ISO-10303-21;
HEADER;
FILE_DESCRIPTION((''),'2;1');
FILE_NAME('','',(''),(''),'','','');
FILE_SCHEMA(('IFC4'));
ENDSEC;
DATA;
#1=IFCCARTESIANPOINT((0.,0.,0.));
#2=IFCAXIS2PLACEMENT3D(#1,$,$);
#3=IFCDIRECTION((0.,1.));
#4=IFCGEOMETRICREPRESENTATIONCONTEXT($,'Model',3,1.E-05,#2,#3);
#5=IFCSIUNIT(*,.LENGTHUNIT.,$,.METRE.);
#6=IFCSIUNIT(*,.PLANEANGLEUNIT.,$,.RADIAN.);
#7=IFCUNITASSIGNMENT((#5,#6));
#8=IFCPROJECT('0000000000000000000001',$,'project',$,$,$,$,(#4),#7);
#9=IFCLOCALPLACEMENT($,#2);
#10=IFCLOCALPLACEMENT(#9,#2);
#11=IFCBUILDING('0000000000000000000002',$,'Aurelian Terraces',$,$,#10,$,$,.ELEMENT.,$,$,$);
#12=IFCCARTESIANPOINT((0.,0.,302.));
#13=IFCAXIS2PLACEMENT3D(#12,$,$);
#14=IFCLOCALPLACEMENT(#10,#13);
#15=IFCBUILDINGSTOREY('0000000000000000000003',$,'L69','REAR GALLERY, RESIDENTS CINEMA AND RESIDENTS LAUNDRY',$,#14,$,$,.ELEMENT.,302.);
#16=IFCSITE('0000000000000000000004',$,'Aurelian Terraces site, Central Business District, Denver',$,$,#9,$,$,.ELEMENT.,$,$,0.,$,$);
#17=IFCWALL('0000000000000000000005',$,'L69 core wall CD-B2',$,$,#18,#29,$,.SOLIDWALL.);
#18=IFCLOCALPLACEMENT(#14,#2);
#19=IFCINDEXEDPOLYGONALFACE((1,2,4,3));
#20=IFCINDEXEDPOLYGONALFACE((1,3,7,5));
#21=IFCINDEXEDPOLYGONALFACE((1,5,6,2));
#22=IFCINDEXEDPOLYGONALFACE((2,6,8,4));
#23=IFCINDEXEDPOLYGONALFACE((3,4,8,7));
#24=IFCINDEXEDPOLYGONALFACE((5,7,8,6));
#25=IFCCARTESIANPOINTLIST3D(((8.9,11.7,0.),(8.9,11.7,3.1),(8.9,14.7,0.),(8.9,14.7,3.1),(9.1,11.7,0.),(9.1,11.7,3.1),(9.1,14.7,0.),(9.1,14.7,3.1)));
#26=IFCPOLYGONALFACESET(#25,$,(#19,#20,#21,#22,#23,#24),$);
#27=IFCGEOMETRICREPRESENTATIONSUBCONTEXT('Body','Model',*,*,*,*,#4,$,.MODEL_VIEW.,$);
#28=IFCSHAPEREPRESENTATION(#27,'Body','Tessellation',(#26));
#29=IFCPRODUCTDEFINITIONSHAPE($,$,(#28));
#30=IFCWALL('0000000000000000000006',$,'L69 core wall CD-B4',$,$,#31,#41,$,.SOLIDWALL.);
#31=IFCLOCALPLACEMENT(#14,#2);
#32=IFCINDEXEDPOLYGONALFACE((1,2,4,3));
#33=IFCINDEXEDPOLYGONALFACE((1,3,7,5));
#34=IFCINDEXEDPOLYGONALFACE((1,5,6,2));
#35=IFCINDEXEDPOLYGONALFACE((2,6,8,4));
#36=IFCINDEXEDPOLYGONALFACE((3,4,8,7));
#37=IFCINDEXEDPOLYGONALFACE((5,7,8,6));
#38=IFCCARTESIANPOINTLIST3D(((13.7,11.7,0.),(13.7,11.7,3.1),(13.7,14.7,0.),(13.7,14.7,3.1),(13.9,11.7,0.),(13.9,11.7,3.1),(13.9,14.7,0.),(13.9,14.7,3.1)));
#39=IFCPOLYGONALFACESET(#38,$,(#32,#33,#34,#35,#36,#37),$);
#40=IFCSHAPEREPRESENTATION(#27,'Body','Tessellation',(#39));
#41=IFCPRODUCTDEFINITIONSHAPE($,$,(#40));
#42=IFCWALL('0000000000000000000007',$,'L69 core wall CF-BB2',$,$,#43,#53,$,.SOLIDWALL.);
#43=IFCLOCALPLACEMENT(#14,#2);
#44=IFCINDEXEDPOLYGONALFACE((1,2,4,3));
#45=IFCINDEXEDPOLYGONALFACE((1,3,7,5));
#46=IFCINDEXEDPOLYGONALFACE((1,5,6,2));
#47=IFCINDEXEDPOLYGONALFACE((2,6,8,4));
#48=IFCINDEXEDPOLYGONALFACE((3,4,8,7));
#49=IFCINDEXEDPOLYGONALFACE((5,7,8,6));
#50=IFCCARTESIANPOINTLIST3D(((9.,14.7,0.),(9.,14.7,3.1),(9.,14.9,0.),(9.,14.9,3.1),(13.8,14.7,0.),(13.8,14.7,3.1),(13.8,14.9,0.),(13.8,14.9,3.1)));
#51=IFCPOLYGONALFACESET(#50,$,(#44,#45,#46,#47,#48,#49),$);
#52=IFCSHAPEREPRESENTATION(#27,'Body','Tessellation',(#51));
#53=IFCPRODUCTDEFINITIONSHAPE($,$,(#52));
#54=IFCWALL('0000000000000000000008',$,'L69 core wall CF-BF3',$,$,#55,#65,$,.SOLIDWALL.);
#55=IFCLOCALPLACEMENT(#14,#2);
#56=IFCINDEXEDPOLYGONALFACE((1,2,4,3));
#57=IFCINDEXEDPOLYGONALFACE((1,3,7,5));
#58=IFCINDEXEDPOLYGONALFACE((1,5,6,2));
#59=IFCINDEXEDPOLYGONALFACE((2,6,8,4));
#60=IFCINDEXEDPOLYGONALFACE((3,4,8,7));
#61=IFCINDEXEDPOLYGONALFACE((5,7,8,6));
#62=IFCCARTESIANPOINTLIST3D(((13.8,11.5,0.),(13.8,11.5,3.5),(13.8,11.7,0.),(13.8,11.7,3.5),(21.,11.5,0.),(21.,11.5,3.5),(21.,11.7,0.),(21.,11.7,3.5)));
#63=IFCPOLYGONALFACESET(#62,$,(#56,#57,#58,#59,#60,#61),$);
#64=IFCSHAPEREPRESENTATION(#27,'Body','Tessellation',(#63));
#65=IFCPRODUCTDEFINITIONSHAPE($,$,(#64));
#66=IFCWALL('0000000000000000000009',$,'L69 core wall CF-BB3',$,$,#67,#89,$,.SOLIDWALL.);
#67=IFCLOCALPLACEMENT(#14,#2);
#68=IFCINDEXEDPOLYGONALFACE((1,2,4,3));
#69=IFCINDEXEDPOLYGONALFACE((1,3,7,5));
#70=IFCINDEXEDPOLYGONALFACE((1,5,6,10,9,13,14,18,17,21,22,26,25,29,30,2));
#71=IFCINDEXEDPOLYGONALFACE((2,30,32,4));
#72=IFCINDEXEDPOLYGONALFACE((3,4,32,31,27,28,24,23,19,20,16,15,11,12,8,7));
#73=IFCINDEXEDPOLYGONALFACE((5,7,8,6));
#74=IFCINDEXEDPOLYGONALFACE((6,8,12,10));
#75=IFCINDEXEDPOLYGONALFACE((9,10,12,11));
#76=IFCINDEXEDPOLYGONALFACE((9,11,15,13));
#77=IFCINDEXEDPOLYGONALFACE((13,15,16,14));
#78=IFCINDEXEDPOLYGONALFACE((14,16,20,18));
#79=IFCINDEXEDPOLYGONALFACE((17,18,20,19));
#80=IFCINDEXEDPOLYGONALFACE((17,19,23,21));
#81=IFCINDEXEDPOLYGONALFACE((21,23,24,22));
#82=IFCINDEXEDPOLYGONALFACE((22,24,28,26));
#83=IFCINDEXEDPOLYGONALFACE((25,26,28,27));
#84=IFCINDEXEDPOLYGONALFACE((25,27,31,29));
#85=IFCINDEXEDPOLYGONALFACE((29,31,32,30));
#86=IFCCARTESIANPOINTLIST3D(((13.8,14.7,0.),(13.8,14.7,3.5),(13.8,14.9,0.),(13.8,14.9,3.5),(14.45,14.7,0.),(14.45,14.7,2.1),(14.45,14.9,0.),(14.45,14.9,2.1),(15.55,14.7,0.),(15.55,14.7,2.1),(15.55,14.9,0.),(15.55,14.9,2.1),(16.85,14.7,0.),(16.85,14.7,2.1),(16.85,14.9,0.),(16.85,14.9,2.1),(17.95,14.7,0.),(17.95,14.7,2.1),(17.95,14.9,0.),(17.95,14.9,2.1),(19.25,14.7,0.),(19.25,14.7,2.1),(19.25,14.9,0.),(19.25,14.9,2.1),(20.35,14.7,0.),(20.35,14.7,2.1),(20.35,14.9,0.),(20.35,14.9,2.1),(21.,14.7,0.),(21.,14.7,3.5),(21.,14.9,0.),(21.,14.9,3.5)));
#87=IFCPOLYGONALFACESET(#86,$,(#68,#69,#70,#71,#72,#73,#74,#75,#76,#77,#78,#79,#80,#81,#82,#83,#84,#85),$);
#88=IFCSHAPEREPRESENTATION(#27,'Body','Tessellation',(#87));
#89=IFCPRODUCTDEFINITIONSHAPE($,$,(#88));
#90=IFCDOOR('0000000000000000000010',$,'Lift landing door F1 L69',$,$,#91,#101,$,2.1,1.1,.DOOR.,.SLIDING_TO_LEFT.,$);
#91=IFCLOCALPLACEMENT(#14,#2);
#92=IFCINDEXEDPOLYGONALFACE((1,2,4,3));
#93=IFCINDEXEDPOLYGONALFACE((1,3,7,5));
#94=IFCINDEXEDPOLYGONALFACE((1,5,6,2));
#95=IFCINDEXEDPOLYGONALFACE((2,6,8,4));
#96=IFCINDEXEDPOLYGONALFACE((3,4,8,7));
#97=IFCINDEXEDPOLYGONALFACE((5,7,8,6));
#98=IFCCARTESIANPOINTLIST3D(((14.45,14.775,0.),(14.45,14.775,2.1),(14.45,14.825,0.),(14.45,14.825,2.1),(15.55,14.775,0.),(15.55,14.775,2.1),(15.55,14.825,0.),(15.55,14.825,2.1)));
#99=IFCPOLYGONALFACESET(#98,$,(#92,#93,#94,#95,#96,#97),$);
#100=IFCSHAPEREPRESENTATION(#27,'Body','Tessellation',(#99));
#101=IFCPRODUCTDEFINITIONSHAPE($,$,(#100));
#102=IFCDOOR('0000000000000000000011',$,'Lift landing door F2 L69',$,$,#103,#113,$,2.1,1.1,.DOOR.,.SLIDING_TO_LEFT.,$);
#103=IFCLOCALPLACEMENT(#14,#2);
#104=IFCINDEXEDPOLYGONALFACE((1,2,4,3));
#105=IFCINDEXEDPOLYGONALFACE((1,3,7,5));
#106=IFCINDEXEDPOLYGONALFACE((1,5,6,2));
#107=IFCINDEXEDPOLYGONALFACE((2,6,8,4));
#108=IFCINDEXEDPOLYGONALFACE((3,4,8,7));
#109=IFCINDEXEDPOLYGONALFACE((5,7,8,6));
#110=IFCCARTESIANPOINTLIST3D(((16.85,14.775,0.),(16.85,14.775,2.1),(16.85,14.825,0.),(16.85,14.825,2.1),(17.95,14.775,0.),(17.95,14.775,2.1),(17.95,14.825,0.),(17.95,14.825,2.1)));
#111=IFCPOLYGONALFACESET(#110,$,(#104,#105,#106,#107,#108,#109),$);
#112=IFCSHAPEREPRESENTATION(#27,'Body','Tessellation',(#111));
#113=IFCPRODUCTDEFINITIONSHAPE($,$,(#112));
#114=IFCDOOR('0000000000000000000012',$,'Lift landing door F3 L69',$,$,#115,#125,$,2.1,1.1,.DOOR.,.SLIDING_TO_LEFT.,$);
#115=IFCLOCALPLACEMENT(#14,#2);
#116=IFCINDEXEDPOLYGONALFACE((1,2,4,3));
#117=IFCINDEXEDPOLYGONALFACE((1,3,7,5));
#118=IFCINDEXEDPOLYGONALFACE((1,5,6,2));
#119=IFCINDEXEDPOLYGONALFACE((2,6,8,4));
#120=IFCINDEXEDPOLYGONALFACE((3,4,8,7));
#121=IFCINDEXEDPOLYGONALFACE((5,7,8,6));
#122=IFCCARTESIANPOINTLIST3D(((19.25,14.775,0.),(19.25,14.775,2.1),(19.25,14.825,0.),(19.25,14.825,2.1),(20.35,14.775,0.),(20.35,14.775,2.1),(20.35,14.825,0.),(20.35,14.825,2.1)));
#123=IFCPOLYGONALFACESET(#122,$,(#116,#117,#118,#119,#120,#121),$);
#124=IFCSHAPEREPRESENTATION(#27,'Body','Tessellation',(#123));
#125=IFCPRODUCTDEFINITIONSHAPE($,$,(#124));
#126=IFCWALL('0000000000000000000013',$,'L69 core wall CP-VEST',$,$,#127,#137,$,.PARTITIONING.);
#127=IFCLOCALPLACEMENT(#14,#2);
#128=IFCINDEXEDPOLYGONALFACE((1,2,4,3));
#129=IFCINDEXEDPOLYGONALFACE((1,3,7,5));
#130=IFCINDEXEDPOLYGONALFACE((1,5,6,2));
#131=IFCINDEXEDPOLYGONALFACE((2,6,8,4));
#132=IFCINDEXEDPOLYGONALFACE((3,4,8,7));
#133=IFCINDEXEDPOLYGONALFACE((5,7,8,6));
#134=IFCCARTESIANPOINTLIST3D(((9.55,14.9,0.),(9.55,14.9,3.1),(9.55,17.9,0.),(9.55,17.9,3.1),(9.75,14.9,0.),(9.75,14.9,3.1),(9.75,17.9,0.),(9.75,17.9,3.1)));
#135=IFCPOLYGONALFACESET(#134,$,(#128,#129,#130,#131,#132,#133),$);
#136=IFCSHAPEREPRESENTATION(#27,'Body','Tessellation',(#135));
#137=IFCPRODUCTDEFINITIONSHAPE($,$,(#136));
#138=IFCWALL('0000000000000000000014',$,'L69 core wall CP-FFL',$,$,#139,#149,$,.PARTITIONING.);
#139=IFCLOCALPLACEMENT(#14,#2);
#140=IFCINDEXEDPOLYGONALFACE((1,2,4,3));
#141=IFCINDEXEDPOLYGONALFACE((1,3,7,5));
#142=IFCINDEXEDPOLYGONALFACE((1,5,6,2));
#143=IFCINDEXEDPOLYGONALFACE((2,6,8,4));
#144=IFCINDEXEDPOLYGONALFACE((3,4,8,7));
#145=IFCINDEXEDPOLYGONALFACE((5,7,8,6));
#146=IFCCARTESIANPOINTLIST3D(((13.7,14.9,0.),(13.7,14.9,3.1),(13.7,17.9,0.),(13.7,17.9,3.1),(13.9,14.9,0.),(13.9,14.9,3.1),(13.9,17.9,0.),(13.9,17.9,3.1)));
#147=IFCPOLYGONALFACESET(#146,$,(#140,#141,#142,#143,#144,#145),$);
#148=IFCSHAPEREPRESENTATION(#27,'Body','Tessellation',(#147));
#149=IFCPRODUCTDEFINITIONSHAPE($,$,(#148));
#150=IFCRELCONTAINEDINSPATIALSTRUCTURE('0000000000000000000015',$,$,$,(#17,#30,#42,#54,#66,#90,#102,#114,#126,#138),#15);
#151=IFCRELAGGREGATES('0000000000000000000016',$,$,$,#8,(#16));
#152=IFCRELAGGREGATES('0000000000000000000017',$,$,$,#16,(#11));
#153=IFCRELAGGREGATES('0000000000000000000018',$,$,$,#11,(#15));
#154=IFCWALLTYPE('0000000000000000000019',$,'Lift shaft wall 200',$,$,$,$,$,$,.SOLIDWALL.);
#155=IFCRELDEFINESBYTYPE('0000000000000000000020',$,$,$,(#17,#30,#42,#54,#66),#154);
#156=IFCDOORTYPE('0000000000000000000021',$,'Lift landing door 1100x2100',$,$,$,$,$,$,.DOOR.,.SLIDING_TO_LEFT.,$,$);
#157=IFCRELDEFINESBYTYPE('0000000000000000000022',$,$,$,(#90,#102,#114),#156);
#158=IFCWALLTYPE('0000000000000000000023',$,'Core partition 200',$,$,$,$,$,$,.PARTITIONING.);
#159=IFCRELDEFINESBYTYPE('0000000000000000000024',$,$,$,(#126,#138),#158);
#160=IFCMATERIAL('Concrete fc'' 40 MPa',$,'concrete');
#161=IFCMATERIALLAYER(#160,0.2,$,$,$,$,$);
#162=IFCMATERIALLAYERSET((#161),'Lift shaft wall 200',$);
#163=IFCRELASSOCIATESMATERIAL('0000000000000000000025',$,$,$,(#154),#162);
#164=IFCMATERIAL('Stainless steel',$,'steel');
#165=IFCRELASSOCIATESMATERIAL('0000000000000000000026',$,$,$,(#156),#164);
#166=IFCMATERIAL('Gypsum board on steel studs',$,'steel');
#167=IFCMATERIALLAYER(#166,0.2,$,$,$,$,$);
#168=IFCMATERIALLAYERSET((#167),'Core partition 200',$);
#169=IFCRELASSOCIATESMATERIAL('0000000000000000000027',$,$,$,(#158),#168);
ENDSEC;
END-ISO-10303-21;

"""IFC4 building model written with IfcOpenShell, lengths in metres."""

from ifc_helpers import new_model, si_unit, direction, frame, frame_2d, origin, place, context, subcontext, project, spatial, rectangle, extrude, source, transform, mapped, material, layer, layer_set, type_object, element, fill, save


model = new_model("IFC4")

# Units and contexts
model_context = context("Model", 3, precision=1e-05, world=origin(), true_north=direction((0.0, 1.0)))
body_context = subcontext(model_context, "Body", "Model", "MODEL_VIEW")
ifc_project = project(units=[si_unit("LENGTHUNIT", "METRE"), si_unit("PLANEANGLEUNIT", "RADIAN")], contexts=[model_context])

# Site, building, storey
site_placement = place(None, origin())
site = spatial("IfcSite", under=ifc_project, at=site_placement, Name="Aurelian Terraces site, Central Business District, Denver", CompositionType="ELEMENT", RefElevation=0.0)
building_placement = place(site_placement, origin())
building = spatial("IfcBuilding", under=site, at=building_placement, Name="Aurelian Terraces", CompositionType="ELEMENT")
storey_placement = place(building_placement, frame((0.0, 0.0, 302.0)))
storey = spatial("IfcBuildingStorey", under=building, at=storey_placement, Name="L69", Description="REAR GALLERY, RESIDENTS CINEMA AND RESIDENTS LAUNDRY", CompositionType="ELEMENT", Elevation=302.0)

# Walls
ifc_material_1 = material(Name="Concrete fc' 40 MPa", Category="concrete")
ifc_layer_1 = layer(ifc_material_1, 0.2)
ifc_layer_set_1 = layer_set([ifc_layer_1], Name="Lift shaft wall 200")
wall_type_1 = type_object("IfcWallType", Name="Lift shaft wall 200", PredefinedType="SOLIDWALL", material=ifc_layer_set_1)
shared_shape_1 = source(origin(), body_context, "Body", "SweptSolid", [
    extrude(rectangle(XDim=3.0, YDim=0.2, at=frame_2d((1.5, 0.0))), origin(), (0.0, 0.0, 1.0), 3.1),
])
for number, where, z_axis, x_axis, name in (
    (1, (9.0, 11.7, 0.0), (0.0, 0.0, 1.0), (0.0, 1.0, 0.0), "L69 core wall CD-B2"),
    (2, (13.8, 11.7, 0.0), (0.0, 0.0, 1.0), (0.0, 1.0, 0.0), "L69 core wall CD-B4"),
):
    element("IfcWall", number, at=place(storey_placement, frame(where, z_axis=z_axis, x_axis=x_axis)), inside=storey, type_object=wall_type_1, Name=name, PredefinedType="SOLIDWALL", context=body_context, shape_type="MappedRepresentation", body=[
        mapped(shared_shape_1, transform((0.0, 0.0, 0.0), scale=1.0)),
    ])
shared_shape_2 = source(origin(), body_context, "Body", "SweptSolid", [
    extrude(rectangle(XDim=4.8, YDim=0.2, at=frame_2d((2.4, 0.0))), origin(), (0.0, 0.0, 1.0), 3.1),
])
wall_1_placement = place(storey_placement, frame((9.0, 14.8, 0.0), z_axis=(0.0, 0.0, 1.0), x_axis=(1.0, 0.0, 0.0)))
element("IfcWall", 3, at=wall_1_placement, inside=storey, type_object=wall_type_1, Name="L69 core wall CF-BB2", PredefinedType="SOLIDWALL", context=body_context, shape_type="MappedRepresentation", body=[
    mapped(shared_shape_2, transform((0.0, 0.0, 0.0), scale=1.0)),
])
shared_shape_3 = source(origin(), body_context, "Body", "SweptSolid", [
    extrude(rectangle(XDim=7.2, YDim=0.2, at=frame_2d((3.6, 0.0))), origin(), (0.0, 0.0, 1.0), 3.5),
])
wall_2_placement = place(storey_placement, frame((13.8, 11.6, 0.0), z_axis=(0.0, 0.0, 1.0), x_axis=(1.0, 0.0, 0.0)))
element("IfcWall", 4, at=wall_2_placement, inside=storey, type_object=wall_type_1, Name="L69 core wall CF-BF3", PredefinedType="SOLIDWALL", context=body_context, shape_type="MappedRepresentation", body=[
    mapped(shared_shape_3, transform((0.0, 0.0, 0.0), scale=1.0)),
])

# Wall, openings, doors
wall_3_placement = place(storey_placement, frame((13.8, 14.8, 0.0), z_axis=(0.0, 0.0, 1.0), x_axis=(1.0, 0.0, 0.0)))
wall_3 = element("IfcWall", 5, at=wall_3_placement, inside=storey, type_object=wall_type_1, Name="L69 core wall CF-BB3", PredefinedType="SOLIDWALL", context=body_context, shape_type="MappedRepresentation", body=[
    mapped(shared_shape_3, transform((0.0, 0.0, 0.0), scale=1.0)),
])
shared_shape_4 = source(origin(), body_context, "Body", "SweptSolid", [
    extrude(rectangle(XDim=1.1, YDim=2.1, at=frame_2d((0.55, 1.05))), frame((0.0, 0.11, 0.0), z_axis=(0.0, -1.0, 0.0), x_axis=(1.0, 0.0, 0.0)), (0.0, 0.0, 1.0), 0.22),
])
opening_1_placement = place(wall_3_placement, frame((0.65, 0.0, 0.0)))
opening_1 = element("IfcOpeningElement", 6, at=opening_1_placement, cuts=wall_3, PredefinedType="OPENING", context=body_context, shape_type="MappedRepresentation", body=[
    mapped(shared_shape_4, transform((0.0, 0.0, 0.0), scale=1.0)),
])
opening_2_placement = place(wall_3_placement, frame((3.05, 0.0, 0.0)))
opening_2 = element("IfcOpeningElement", 7, at=opening_2_placement, cuts=wall_3, PredefinedType="OPENING", context=body_context, shape_type="MappedRepresentation", body=[
    mapped(shared_shape_4, transform((0.0, 0.0, 0.0), scale=1.0)),
])
opening_3_placement = place(wall_3_placement, frame((5.45, 0.0, 0.0)))
opening_3 = element("IfcOpeningElement", 8, at=opening_3_placement, cuts=wall_3, PredefinedType="OPENING", context=body_context, shape_type="MappedRepresentation", body=[
    mapped(shared_shape_4, transform((0.0, 0.0, 0.0), scale=1.0)),
])
ifc_material_2 = material(Name="Stainless steel", Category="steel")
door_type_1 = type_object("IfcDoorType", Name="Lift landing door 1100x2100", OperationType="SLIDING_TO_LEFT", PredefinedType="DOOR", material=ifc_material_2)
shared_shape_5 = source(origin(), body_context, "Body", "SweptSolid", [
    extrude(rectangle(XDim=1.1, YDim=2.1, at=frame_2d((0.55, 1.05))), frame((0.0, 0.025, 0.0), z_axis=(0.0, -1.0, 0.0), x_axis=(1.0, 0.0, 0.0)), (0.0, 0.0, 1.0), 0.05),
])
door_1_placement = place(opening_1_placement, origin())
door_1 = element("IfcDoor", 9, at=door_1_placement, inside=storey, type_object=door_type_1, Name="Lift landing door F1 L69", OperationType="SLIDING_TO_LEFT", OverallHeight=2.1, OverallWidth=1.1, PredefinedType="DOOR", context=body_context, shape_type="MappedRepresentation", body=[
    mapped(shared_shape_5, transform((0.0, 0.0, 0.0), scale=1.0)),
])
fill(opening_1, door_1)
door_2_placement = place(opening_2_placement, origin())
door_2 = element("IfcDoor", 10, at=door_2_placement, inside=storey, type_object=door_type_1, Name="Lift landing door F2 L69", OperationType="SLIDING_TO_LEFT", OverallHeight=2.1, OverallWidth=1.1, PredefinedType="DOOR", context=body_context, shape_type="MappedRepresentation", body=[
    mapped(shared_shape_5, transform((0.0, 0.0, 0.0), scale=1.0)),
])
fill(opening_2, door_2)
door_3_placement = place(opening_3_placement, origin())
door_3 = element("IfcDoor", 11, at=door_3_placement, inside=storey, type_object=door_type_1, Name="Lift landing door F3 L69", OperationType="SLIDING_TO_LEFT", OverallHeight=2.1, OverallWidth=1.1, PredefinedType="DOOR", context=body_context, shape_type="MappedRepresentation", body=[
    mapped(shared_shape_5, transform((0.0, 0.0, 0.0), scale=1.0)),
])
fill(opening_3, door_3)

# Walls
ifc_material_3 = material(Name="Gypsum board on steel studs", Category="steel")
ifc_layer_2 = layer(ifc_material_3, 0.2)
ifc_layer_set_2 = layer_set([ifc_layer_2], Name="Core partition 200")
wall_type_2 = type_object("IfcWallType", Name="Core partition 200", PredefinedType="PARTITIONING", material=ifc_layer_set_2)
shared_shape_6 = source(origin(), body_context, "Body", "SweptSolid", [
    extrude(rectangle(XDim=3.0, YDim=0.2, at=frame_2d((1.5, 0.0))), origin(), (0.0, 0.0, 1.0), 3.1),
])
for number, where, z_axis, x_axis, name in (
    (12, (9.65, 14.9, 0.0), (0.0, 0.0, 1.0), (0.0, 1.0, 0.0), "L69 core wall CP-VEST"),
    (13, (13.8, 14.9, 0.0), (0.0, 0.0, 1.0), (0.0, 1.0, 0.0), "L69 core wall CP-FFL"),
):
    element("IfcWall", number, at=place(storey_placement, frame(where, z_axis=z_axis, x_axis=x_axis)), inside=storey, type_object=wall_type_2, Name=name, PredefinedType="PARTITIONING", context=body_context, shape_type="MappedRepresentation", body=[
        mapped(shared_shape_6, transform((0.0, 0.0, 0.0), scale=1.0)),
    ])

save(model, "model.ifc")
